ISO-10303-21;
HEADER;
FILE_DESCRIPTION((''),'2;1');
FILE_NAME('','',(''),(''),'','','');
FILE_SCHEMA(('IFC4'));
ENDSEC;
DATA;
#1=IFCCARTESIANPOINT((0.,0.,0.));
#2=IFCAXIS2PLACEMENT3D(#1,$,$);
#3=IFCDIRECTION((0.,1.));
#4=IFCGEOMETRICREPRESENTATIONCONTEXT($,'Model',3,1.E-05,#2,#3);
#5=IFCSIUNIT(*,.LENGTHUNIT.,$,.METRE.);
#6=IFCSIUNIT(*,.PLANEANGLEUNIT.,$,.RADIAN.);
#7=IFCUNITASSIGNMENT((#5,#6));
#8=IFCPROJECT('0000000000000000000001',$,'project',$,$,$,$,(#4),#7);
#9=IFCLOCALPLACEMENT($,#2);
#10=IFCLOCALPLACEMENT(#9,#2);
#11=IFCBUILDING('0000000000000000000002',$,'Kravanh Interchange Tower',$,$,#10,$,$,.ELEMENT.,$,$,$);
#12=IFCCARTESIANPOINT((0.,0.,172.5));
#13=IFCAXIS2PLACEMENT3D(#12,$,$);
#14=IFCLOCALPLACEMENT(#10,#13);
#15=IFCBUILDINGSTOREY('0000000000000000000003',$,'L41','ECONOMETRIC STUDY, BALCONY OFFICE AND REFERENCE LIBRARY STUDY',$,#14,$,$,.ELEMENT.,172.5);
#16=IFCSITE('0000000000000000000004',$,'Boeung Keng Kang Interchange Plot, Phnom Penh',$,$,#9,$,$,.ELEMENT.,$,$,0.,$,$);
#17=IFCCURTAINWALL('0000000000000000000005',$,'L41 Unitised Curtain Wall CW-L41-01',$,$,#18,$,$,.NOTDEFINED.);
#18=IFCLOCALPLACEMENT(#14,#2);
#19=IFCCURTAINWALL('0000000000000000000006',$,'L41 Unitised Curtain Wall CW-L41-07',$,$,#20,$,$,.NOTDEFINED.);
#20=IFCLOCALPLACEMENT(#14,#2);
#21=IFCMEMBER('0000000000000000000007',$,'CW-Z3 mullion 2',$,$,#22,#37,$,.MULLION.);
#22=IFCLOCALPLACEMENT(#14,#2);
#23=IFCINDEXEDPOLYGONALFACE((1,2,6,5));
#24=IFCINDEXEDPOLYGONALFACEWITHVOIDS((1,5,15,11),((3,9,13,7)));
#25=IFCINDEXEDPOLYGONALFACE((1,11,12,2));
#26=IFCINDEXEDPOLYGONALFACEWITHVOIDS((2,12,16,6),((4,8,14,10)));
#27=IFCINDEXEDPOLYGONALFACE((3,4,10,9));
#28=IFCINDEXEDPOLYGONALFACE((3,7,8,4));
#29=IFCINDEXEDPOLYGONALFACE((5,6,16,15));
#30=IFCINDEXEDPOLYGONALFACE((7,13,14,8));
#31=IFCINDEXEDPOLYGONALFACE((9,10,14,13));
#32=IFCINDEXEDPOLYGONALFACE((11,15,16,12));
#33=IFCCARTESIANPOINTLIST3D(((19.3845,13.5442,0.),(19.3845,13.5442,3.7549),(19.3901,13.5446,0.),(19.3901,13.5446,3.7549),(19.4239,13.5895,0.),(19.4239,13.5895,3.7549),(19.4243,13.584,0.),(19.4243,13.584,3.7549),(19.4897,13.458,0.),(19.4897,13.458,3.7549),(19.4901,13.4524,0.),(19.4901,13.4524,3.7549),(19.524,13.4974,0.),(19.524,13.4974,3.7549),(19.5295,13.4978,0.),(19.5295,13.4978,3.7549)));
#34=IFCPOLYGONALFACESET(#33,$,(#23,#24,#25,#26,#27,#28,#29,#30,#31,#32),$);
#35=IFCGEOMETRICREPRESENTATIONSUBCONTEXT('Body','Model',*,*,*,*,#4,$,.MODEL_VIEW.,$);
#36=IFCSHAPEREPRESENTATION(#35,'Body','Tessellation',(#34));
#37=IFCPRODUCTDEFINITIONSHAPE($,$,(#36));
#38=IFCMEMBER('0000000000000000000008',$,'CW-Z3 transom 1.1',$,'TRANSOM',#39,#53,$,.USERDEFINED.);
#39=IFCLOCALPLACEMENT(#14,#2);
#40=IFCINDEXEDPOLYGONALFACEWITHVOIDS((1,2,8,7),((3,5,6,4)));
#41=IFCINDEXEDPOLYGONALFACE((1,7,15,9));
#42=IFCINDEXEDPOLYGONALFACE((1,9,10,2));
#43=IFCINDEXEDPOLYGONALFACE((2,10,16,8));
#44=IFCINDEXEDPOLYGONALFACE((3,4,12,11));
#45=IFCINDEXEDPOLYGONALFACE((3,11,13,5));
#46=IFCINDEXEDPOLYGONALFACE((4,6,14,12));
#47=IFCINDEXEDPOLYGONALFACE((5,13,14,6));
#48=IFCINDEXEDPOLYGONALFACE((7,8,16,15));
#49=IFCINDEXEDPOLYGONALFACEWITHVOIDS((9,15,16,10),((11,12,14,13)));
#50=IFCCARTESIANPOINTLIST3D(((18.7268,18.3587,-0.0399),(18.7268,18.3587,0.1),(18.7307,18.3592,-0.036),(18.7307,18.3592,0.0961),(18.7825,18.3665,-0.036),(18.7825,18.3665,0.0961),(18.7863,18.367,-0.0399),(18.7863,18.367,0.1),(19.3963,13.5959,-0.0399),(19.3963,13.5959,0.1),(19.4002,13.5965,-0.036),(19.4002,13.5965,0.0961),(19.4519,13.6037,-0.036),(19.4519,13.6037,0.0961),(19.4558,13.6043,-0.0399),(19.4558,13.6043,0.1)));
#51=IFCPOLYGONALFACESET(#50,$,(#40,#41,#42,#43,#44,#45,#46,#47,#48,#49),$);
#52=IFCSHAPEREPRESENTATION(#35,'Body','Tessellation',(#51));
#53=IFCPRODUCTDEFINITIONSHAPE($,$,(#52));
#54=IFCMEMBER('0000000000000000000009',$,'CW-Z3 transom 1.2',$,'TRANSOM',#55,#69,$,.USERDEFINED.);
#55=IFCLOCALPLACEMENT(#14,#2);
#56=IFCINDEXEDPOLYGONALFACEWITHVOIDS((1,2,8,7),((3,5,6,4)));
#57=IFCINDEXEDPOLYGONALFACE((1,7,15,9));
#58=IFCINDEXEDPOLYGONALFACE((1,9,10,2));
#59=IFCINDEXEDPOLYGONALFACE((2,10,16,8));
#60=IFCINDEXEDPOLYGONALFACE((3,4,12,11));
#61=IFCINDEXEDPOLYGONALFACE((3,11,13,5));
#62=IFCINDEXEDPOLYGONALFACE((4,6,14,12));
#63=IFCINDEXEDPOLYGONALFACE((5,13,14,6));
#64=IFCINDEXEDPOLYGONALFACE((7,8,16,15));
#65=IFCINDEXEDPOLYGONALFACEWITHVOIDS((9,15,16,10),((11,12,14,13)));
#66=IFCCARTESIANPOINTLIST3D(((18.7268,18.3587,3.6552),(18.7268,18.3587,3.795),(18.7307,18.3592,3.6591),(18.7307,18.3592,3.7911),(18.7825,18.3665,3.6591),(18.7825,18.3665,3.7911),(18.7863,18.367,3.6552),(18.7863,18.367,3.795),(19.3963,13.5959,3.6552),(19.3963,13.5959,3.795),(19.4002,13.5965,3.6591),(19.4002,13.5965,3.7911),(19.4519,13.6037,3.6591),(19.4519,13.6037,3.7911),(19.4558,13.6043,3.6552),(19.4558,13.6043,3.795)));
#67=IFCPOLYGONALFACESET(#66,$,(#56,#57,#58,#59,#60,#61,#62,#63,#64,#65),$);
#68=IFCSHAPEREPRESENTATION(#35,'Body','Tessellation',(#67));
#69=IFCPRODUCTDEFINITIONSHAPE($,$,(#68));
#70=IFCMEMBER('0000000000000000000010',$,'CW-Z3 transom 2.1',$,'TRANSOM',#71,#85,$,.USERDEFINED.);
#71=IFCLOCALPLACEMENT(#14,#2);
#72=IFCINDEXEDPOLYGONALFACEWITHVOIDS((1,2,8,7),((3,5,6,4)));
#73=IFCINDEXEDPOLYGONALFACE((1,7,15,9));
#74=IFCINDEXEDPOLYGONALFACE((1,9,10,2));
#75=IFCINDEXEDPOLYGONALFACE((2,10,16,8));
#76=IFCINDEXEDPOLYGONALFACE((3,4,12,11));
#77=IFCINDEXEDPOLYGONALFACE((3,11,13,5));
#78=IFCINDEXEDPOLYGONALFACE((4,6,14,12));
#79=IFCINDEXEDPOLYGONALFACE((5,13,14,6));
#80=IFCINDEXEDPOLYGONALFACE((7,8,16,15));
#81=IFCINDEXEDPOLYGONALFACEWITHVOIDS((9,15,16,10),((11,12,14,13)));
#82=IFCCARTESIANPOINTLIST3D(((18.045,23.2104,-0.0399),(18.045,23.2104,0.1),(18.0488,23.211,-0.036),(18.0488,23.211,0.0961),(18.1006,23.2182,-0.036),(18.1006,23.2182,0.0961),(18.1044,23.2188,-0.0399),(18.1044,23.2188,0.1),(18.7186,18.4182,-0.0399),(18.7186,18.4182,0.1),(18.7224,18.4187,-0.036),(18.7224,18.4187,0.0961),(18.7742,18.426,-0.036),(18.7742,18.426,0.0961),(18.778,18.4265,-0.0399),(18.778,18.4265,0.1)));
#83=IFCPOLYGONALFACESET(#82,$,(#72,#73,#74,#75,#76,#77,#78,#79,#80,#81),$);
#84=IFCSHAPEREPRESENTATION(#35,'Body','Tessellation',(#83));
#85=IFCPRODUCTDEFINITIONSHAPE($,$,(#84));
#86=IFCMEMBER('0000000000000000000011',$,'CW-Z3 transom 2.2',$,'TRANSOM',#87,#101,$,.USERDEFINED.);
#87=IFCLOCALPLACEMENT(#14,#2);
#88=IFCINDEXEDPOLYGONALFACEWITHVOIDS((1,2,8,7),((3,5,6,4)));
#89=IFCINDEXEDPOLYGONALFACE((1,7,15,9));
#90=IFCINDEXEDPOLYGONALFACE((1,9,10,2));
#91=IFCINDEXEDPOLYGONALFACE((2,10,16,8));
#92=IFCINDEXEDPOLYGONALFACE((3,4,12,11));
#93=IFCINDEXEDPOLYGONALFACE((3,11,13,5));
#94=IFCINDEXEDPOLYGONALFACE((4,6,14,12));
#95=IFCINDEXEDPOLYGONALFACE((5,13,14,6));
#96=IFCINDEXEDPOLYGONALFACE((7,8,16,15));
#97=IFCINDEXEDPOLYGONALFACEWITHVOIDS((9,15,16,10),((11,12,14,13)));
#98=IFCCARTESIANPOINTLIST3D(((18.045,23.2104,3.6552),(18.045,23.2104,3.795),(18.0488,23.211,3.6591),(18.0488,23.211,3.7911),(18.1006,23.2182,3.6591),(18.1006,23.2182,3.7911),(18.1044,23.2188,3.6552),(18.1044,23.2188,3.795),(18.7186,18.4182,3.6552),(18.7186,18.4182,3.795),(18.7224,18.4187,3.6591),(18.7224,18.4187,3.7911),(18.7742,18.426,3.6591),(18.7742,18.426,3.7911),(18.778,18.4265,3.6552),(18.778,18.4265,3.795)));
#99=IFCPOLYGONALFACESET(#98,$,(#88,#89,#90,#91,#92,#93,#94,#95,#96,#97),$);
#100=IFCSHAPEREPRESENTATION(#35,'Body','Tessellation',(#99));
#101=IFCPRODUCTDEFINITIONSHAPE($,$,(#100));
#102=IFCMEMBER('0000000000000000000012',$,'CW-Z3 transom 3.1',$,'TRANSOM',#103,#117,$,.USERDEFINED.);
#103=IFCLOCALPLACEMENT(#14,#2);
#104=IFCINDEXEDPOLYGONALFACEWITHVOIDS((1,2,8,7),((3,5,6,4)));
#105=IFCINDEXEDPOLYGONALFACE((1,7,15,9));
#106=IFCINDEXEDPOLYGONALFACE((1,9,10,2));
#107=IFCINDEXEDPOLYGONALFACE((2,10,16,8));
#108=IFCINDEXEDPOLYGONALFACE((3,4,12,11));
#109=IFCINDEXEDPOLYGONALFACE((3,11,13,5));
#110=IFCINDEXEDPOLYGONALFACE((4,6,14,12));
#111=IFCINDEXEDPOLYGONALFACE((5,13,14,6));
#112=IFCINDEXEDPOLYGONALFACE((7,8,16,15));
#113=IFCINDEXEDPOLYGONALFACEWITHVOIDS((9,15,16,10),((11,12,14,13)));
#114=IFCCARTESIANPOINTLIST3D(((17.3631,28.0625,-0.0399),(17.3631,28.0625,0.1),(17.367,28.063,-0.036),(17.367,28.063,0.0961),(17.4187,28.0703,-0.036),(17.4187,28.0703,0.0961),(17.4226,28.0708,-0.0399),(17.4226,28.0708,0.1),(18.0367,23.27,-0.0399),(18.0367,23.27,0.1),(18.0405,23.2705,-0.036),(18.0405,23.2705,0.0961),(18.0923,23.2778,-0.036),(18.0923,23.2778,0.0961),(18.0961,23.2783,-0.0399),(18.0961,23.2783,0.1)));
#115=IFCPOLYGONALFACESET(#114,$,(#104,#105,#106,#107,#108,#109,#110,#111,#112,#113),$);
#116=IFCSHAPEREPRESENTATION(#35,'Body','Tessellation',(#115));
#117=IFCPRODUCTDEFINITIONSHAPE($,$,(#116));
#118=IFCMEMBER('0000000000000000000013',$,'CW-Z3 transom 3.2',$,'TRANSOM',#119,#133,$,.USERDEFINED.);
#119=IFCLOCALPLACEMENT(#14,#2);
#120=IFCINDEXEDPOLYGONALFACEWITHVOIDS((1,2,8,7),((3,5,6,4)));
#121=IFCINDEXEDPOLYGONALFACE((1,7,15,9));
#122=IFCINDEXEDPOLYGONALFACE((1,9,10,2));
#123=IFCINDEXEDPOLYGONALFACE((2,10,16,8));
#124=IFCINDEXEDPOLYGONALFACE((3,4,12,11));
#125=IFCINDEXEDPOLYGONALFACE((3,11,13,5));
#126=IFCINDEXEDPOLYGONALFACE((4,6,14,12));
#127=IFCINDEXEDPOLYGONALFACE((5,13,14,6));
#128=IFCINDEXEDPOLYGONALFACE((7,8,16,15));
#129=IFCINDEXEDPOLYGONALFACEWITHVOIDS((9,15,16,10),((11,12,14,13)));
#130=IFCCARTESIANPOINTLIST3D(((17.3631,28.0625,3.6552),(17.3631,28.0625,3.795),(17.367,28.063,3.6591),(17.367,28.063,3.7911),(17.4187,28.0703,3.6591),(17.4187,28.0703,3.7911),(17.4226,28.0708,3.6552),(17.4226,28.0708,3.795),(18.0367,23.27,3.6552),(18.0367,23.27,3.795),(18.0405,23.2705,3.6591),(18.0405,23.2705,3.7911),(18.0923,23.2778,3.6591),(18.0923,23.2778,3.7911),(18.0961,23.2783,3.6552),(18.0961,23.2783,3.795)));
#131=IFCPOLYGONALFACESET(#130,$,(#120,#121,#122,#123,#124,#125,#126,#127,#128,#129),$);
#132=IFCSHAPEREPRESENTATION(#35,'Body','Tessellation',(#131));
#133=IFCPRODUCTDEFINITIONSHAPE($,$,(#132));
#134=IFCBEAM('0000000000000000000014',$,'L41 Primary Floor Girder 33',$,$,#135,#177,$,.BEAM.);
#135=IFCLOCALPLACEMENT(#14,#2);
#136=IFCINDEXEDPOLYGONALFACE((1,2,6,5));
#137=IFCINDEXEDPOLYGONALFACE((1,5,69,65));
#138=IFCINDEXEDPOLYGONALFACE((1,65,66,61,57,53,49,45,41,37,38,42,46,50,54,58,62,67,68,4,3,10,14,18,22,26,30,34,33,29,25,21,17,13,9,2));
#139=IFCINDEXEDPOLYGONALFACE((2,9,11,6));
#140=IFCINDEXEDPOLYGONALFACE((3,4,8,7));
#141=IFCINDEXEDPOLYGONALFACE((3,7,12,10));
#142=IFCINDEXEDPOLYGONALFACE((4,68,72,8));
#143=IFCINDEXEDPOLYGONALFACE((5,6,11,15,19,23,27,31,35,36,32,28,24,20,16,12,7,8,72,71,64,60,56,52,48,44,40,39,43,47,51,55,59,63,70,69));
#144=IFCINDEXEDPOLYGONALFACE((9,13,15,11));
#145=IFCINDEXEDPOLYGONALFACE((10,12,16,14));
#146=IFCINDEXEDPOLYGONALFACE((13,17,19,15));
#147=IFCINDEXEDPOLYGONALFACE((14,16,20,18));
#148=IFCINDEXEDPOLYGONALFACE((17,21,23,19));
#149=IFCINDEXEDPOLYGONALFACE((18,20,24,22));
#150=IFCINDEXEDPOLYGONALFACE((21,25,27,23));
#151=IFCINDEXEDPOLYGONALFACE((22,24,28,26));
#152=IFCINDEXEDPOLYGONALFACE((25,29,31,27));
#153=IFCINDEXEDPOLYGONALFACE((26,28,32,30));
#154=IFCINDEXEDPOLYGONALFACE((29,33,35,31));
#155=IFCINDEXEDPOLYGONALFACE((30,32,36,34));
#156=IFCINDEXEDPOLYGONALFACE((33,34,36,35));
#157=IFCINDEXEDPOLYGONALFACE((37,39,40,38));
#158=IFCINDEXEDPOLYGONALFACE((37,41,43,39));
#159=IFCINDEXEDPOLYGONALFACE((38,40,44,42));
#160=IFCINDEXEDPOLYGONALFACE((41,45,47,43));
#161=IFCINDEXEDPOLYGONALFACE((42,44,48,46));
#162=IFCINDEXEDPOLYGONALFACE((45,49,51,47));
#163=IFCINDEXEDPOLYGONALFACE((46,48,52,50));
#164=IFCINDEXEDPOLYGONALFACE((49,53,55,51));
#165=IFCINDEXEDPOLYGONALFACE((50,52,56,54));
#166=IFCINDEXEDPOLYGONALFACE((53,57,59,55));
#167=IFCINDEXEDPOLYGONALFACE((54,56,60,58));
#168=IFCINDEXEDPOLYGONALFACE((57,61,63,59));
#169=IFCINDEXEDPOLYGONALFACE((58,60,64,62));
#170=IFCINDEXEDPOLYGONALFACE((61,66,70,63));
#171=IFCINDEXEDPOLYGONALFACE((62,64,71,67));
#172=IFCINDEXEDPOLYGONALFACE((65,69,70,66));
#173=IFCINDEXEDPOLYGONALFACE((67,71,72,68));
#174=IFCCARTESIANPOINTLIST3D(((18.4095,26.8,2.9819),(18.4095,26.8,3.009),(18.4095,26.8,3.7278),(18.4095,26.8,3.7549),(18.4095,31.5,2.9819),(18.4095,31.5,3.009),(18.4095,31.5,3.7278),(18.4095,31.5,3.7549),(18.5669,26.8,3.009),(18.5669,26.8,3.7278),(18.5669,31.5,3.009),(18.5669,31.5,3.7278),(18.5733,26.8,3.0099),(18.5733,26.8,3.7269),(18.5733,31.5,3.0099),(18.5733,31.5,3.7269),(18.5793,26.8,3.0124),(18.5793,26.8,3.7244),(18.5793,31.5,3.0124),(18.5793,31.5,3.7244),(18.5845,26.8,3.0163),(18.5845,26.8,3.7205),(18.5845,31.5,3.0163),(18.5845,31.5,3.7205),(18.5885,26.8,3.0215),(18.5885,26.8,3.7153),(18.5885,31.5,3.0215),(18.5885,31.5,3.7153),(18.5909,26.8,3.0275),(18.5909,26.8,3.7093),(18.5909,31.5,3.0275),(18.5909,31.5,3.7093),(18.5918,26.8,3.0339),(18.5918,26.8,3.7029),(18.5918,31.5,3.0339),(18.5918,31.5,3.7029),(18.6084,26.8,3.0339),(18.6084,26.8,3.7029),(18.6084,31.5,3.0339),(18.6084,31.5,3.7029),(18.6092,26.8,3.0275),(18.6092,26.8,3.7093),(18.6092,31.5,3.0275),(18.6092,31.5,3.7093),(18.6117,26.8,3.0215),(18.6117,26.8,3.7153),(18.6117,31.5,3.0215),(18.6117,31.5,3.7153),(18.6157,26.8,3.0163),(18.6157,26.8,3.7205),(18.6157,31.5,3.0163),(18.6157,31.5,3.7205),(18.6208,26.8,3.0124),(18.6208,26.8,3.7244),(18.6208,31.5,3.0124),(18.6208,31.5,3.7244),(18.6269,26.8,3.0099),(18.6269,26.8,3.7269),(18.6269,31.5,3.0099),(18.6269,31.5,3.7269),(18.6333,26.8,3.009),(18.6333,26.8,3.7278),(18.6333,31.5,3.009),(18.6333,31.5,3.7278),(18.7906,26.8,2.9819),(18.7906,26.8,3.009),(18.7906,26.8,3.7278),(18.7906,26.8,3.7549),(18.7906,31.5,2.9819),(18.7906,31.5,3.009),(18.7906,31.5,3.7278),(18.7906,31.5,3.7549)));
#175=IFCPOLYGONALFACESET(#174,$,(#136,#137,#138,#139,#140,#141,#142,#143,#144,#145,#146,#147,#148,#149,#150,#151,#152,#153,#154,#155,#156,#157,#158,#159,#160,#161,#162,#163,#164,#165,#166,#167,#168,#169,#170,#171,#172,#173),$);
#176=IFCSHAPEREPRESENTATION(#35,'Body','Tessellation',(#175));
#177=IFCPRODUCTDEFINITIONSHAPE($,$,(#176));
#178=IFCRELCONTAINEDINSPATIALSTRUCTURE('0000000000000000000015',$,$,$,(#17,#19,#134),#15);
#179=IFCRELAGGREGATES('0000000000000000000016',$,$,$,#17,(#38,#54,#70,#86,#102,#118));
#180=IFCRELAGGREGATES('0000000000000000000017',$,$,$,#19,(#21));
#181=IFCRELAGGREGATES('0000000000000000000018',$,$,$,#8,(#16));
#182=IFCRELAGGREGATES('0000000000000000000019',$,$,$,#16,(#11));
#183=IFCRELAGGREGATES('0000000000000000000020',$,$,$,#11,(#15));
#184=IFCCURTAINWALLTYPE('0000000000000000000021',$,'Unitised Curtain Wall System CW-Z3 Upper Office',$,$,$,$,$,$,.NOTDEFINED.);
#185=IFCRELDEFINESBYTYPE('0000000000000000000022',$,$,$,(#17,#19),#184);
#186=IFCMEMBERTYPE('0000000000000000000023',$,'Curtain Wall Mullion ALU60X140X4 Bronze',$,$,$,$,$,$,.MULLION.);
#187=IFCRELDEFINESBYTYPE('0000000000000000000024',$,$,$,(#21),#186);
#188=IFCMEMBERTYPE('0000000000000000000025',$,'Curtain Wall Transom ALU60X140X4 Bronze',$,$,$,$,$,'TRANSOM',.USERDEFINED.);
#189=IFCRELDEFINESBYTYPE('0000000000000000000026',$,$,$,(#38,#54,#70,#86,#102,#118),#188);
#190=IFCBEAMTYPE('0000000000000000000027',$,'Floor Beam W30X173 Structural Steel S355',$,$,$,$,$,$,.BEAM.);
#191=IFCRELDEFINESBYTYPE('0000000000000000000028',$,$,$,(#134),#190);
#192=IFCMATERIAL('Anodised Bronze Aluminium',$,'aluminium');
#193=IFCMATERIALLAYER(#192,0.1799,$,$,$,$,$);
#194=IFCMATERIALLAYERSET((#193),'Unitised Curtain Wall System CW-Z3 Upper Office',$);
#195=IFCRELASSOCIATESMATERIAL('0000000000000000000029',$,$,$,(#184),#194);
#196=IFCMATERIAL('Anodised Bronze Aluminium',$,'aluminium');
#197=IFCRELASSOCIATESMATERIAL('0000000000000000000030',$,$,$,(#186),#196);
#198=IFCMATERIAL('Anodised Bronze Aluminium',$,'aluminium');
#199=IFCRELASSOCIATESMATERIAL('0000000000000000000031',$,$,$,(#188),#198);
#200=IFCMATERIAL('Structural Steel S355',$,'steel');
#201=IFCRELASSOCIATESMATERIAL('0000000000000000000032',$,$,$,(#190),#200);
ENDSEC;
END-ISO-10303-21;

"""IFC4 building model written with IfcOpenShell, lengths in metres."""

from ifc_helpers import new_model, si_unit, direction, frame, origin, origin_2d, place, context, subcontext, project, spatial, hollow_rectangle, i_section, extrude, material, layer, layer_set, material_profile, profile_set, type_object, element, aggregate, save


model = new_model("IFC4")

# Units and contexts
model_context = context("Model", 3, precision=1e-05, world=origin(), true_north=direction((0.0, 1.0)))
body_context = subcontext(model_context, "Body", "Model", "MODEL_VIEW")
ifc_project = project(units=[si_unit("LENGTHUNIT", "METRE"), si_unit("PLANEANGLEUNIT", "RADIAN")], contexts=[model_context])

# Site, building, storey
site_placement = place(None, origin())
site = spatial("IfcSite", under=ifc_project, at=site_placement, Name="Boeung Keng Kang Interchange Plot, Phnom Penh", CompositionType="ELEMENT", RefElevation=0.0)
building_placement = place(site_placement, origin())
building = spatial("IfcBuilding", under=site, at=building_placement, Name="Kravanh Interchange Tower", CompositionType="ELEMENT")
storey_placement = place(building_placement, frame((0.0, 0.0, 172.5)))
storey = spatial("IfcBuildingStorey", under=building, at=storey_placement, Name="L41", Description="ECONOMETRIC STUDY, BALCONY OFFICE AND REFERENCE LIBRARY STUDY", CompositionType="ELEMENT", Elevation=172.5)

# Curtain wall
ifc_material_1 = material(Name="Anodised Bronze Aluminium", Category="aluminium")
ifc_layer_1 = layer(ifc_material_1, 0.1799)
ifc_layer_set_1 = layer_set([ifc_layer_1], Name="Unitised Curtain Wall System CW-Z3 Upper Office")
curtain_wall_type = type_object("IfcCurtainWallType", Name="Unitised Curtain Wall System CW-Z3 Upper Office", PredefinedType="NOTDEFINED", material=ifc_layer_set_1)
curtain_wall_1_placement = place(storey_placement, origin())
curtain_wall_1 = element("IfcCurtainWall", 1, at=curtain_wall_1_placement, inside=storey, type_object=curtain_wall_type, Name="L41 Unitised Curtain Wall CW-L41-01", PredefinedType="NOTDEFINED")
ifc_material_2 = material(Name="Anodised Bronze Aluminium", Category="aluminium")
ifc_material_profile_1 = material_profile(ifc_material_2, hollow_rectangle(XDim=0.0601, YDim=0.1399, WallThickness=0.0039, at=origin_2d()), Name="ALU60X140X4")
ifc_profile_set_1 = profile_set([ifc_material_profile_1], Name="Anodised Bronze Aluminium")
member_type_1 = type_object("IfcMemberType", Name="Curtain Wall Mullion ALU60X140X4 Bronze", PredefinedType="MULLION", material=ifc_profile_set_1)

# Curtain wall, member
curtain_wall_2_placement = place(storey_placement, origin())
curtain_wall_2 = element("IfcCurtainWall", 2, at=curtain_wall_2_placement, inside=storey, type_object=curtain_wall_type, Name="L41 Unitised Curtain Wall CW-L41-07", PredefinedType="NOTDEFINED")
member_1_placement = place(storey_placement, frame((19.457, 13.521, 0.0), z_axis=(0.0, 0.0, 1.0), x_axis=(-0.656051, -0.754717, 0.0)))
member_1 = element("IfcMember", 3, at=member_1_placement, type_object=member_type_1, Name="CW-Z3 mullion 2", PredefinedType="MULLION", context=body_context, shape_type="SweptSolid", body=[
    extrude(hollow_rectangle(XDim=0.0601, YDim=0.1399, WallThickness=0.0039, at=origin_2d()), origin(), (0.0, 0.0, 1.0), 3.7549),
])

# Members
ifc_material_3 = material(Name="Anodised Bronze Aluminium", Category="aluminium")
ifc_material_profile_2 = material_profile(ifc_material_3, hollow_rectangle(XDim=0.0601, YDim=0.1399, WallThickness=0.0039, at=origin_2d()), Name="ALU60X140X4")
ifc_profile_set_2 = profile_set([ifc_material_profile_2], Name="Anodised Bronze Aluminium")
member_type_2 = type_object("IfcMemberType", Name="Curtain Wall Transom ALU60X140X4 Bronze", ElementType="TRANSOM", PredefinedType="USERDEFINED", material=ifc_profile_set_2)
member_2_placement = place(storey_placement, frame((19.426, 13.6001, 0.03), z_axis=(-0.139189, 0.990266, 0.0), x_axis=(-0.990266, -0.139189, 0.0)))
member_2 = element("IfcMember", 4, at=member_2_placement, type_object=member_type_2, Name="CW-Z3 transom 1.1", ObjectType="TRANSOM", PredefinedType="USERDEFINED", context=body_context, shape_type="SweptSolid", body=[
    extrude(hollow_rectangle(XDim=0.0601, YDim=0.1399, WallThickness=0.0039, at=origin_2d()), origin(), (0.0, 0.0, 1.0), 4.8096),
])
member_3_placement = place(storey_placement, frame((19.426, 13.6001, 3.7251), z_axis=(-0.139189, 0.990266, 0.0), x_axis=(-0.990266, -0.139189, 0.0)))
member_3 = element("IfcMember", 5, at=member_3_placement, type_object=member_type_2, Name="CW-Z3 transom 1.2", ObjectType="TRANSOM", PredefinedType="USERDEFINED", context=body_context, shape_type="SweptSolid", body=[
    extrude(hollow_rectangle(XDim=0.0601, YDim=0.1399, WallThickness=0.0039, at=origin_2d()), origin(), (0.0, 0.0, 1.0), 4.8096),
])
member_4_placement = place(storey_placement, frame((18.7483, 18.4224, 0.03), z_axis=(-0.139189, 0.990266, 0.0), x_axis=(-0.990266, -0.139189, 0.0)))
member_4 = element("IfcMember", 6, at=member_4_placement, type_object=member_type_2, Name="CW-Z3 transom 2.1", ObjectType="TRANSOM", PredefinedType="USERDEFINED", context=body_context, shape_type="SweptSolid", body=[
    extrude(hollow_rectangle(XDim=0.0601, YDim=0.1399, WallThickness=0.0039, at=origin_2d()), origin(), (0.0, 0.0, 1.0), 4.8394),
])
member_5_placement = place(storey_placement, frame((18.7483, 18.4224, 3.7251), z_axis=(-0.139189, 0.990266, 0.0), x_axis=(-0.990266, -0.139189, 0.0)))
member_5 = element("IfcMember", 7, at=member_5_placement, type_object=member_type_2, Name="CW-Z3 transom 2.2", ObjectType="TRANSOM", PredefinedType="USERDEFINED", context=body_context, shape_type="SweptSolid", body=[
    extrude(hollow_rectangle(XDim=0.0601, YDim=0.1399, WallThickness=0.0039, at=origin_2d()), origin(), (0.0, 0.0, 1.0), 4.8394),
])
member_6_placement = place(storey_placement, frame((18.0664, 23.2742, 0.03), z_axis=(-0.139182, 0.990267, 0.0), x_axis=(-0.990267, -0.139182, 0.0)))
member_6 = element("IfcMember", 8, at=member_6_placement, type_object=member_type_2, Name="CW-Z3 transom 3.1", ObjectType="TRANSOM", PredefinedType="USERDEFINED", context=body_context, shape_type="SweptSolid", body=[
    extrude(hollow_rectangle(XDim=0.0601, YDim=0.1399, WallThickness=0.0039, at=origin_2d()), origin(), (0.0, 0.0, 1.0), 4.8396),
])
member_7_placement = place(storey_placement, frame((18.0664, 23.2742, 3.7251), z_axis=(-0.139182, 0.990267, 0.0), x_axis=(-0.990267, -0.139182, 0.0)))
member_7 = element("IfcMember", 9, at=member_7_placement, type_object=member_type_2, Name="CW-Z3 transom 3.2", ObjectType="TRANSOM", PredefinedType="USERDEFINED", context=body_context, shape_type="SweptSolid", body=[
    extrude(hollow_rectangle(XDim=0.0601, YDim=0.1399, WallThickness=0.0039, at=origin_2d()), origin(), (0.0, 0.0, 1.0), 4.8396),
])

# Beam
ifc_material_4 = material(Name="Structural Steel S355", Category="steel")
ifc_material_profile_3 = material_profile(ifc_material_4, i_section(OverallWidth=0.3811, OverallDepth=0.7729, WebThickness=0.0166, FlangeThickness=0.0271, FilletRadius=0.0249, at=origin_2d()), Name="W30X173")
ifc_profile_set_3 = profile_set([ifc_material_profile_3], Name="Structural Steel S355")
beam_type_1 = type_object("IfcBeamType", Name="Floor Beam W30X173 Structural Steel S355", PredefinedType="BEAM", material=ifc_profile_set_3)
beam_1_placement = place(storey_placement, frame((18.6001, 26.8, 3.3684), z_axis=(0.0, 1.0, 0.0), x_axis=(-1.0, 0.0, 0.0)))
element("IfcBeam", 10, at=beam_1_placement, inside=storey, type_object=beam_type_1, Name="L41 Primary Floor Girder 33", PredefinedType="BEAM", context=body_context, shape_type="SweptSolid", body=[
    extrude(i_section(OverallWidth=0.3811, OverallDepth=0.7729, WebThickness=0.0166, FlangeThickness=0.0271, FilletRadius=0.0249, at=origin_2d()), origin(), (0.0, 0.0, 1.0), 4.7),
])

aggregate(curtain_wall_1, [member_2, member_3, member_4, member_5, member_6, member_7])
aggregate(curtain_wall_2, [member_1])

save(model, "model.ifc")
